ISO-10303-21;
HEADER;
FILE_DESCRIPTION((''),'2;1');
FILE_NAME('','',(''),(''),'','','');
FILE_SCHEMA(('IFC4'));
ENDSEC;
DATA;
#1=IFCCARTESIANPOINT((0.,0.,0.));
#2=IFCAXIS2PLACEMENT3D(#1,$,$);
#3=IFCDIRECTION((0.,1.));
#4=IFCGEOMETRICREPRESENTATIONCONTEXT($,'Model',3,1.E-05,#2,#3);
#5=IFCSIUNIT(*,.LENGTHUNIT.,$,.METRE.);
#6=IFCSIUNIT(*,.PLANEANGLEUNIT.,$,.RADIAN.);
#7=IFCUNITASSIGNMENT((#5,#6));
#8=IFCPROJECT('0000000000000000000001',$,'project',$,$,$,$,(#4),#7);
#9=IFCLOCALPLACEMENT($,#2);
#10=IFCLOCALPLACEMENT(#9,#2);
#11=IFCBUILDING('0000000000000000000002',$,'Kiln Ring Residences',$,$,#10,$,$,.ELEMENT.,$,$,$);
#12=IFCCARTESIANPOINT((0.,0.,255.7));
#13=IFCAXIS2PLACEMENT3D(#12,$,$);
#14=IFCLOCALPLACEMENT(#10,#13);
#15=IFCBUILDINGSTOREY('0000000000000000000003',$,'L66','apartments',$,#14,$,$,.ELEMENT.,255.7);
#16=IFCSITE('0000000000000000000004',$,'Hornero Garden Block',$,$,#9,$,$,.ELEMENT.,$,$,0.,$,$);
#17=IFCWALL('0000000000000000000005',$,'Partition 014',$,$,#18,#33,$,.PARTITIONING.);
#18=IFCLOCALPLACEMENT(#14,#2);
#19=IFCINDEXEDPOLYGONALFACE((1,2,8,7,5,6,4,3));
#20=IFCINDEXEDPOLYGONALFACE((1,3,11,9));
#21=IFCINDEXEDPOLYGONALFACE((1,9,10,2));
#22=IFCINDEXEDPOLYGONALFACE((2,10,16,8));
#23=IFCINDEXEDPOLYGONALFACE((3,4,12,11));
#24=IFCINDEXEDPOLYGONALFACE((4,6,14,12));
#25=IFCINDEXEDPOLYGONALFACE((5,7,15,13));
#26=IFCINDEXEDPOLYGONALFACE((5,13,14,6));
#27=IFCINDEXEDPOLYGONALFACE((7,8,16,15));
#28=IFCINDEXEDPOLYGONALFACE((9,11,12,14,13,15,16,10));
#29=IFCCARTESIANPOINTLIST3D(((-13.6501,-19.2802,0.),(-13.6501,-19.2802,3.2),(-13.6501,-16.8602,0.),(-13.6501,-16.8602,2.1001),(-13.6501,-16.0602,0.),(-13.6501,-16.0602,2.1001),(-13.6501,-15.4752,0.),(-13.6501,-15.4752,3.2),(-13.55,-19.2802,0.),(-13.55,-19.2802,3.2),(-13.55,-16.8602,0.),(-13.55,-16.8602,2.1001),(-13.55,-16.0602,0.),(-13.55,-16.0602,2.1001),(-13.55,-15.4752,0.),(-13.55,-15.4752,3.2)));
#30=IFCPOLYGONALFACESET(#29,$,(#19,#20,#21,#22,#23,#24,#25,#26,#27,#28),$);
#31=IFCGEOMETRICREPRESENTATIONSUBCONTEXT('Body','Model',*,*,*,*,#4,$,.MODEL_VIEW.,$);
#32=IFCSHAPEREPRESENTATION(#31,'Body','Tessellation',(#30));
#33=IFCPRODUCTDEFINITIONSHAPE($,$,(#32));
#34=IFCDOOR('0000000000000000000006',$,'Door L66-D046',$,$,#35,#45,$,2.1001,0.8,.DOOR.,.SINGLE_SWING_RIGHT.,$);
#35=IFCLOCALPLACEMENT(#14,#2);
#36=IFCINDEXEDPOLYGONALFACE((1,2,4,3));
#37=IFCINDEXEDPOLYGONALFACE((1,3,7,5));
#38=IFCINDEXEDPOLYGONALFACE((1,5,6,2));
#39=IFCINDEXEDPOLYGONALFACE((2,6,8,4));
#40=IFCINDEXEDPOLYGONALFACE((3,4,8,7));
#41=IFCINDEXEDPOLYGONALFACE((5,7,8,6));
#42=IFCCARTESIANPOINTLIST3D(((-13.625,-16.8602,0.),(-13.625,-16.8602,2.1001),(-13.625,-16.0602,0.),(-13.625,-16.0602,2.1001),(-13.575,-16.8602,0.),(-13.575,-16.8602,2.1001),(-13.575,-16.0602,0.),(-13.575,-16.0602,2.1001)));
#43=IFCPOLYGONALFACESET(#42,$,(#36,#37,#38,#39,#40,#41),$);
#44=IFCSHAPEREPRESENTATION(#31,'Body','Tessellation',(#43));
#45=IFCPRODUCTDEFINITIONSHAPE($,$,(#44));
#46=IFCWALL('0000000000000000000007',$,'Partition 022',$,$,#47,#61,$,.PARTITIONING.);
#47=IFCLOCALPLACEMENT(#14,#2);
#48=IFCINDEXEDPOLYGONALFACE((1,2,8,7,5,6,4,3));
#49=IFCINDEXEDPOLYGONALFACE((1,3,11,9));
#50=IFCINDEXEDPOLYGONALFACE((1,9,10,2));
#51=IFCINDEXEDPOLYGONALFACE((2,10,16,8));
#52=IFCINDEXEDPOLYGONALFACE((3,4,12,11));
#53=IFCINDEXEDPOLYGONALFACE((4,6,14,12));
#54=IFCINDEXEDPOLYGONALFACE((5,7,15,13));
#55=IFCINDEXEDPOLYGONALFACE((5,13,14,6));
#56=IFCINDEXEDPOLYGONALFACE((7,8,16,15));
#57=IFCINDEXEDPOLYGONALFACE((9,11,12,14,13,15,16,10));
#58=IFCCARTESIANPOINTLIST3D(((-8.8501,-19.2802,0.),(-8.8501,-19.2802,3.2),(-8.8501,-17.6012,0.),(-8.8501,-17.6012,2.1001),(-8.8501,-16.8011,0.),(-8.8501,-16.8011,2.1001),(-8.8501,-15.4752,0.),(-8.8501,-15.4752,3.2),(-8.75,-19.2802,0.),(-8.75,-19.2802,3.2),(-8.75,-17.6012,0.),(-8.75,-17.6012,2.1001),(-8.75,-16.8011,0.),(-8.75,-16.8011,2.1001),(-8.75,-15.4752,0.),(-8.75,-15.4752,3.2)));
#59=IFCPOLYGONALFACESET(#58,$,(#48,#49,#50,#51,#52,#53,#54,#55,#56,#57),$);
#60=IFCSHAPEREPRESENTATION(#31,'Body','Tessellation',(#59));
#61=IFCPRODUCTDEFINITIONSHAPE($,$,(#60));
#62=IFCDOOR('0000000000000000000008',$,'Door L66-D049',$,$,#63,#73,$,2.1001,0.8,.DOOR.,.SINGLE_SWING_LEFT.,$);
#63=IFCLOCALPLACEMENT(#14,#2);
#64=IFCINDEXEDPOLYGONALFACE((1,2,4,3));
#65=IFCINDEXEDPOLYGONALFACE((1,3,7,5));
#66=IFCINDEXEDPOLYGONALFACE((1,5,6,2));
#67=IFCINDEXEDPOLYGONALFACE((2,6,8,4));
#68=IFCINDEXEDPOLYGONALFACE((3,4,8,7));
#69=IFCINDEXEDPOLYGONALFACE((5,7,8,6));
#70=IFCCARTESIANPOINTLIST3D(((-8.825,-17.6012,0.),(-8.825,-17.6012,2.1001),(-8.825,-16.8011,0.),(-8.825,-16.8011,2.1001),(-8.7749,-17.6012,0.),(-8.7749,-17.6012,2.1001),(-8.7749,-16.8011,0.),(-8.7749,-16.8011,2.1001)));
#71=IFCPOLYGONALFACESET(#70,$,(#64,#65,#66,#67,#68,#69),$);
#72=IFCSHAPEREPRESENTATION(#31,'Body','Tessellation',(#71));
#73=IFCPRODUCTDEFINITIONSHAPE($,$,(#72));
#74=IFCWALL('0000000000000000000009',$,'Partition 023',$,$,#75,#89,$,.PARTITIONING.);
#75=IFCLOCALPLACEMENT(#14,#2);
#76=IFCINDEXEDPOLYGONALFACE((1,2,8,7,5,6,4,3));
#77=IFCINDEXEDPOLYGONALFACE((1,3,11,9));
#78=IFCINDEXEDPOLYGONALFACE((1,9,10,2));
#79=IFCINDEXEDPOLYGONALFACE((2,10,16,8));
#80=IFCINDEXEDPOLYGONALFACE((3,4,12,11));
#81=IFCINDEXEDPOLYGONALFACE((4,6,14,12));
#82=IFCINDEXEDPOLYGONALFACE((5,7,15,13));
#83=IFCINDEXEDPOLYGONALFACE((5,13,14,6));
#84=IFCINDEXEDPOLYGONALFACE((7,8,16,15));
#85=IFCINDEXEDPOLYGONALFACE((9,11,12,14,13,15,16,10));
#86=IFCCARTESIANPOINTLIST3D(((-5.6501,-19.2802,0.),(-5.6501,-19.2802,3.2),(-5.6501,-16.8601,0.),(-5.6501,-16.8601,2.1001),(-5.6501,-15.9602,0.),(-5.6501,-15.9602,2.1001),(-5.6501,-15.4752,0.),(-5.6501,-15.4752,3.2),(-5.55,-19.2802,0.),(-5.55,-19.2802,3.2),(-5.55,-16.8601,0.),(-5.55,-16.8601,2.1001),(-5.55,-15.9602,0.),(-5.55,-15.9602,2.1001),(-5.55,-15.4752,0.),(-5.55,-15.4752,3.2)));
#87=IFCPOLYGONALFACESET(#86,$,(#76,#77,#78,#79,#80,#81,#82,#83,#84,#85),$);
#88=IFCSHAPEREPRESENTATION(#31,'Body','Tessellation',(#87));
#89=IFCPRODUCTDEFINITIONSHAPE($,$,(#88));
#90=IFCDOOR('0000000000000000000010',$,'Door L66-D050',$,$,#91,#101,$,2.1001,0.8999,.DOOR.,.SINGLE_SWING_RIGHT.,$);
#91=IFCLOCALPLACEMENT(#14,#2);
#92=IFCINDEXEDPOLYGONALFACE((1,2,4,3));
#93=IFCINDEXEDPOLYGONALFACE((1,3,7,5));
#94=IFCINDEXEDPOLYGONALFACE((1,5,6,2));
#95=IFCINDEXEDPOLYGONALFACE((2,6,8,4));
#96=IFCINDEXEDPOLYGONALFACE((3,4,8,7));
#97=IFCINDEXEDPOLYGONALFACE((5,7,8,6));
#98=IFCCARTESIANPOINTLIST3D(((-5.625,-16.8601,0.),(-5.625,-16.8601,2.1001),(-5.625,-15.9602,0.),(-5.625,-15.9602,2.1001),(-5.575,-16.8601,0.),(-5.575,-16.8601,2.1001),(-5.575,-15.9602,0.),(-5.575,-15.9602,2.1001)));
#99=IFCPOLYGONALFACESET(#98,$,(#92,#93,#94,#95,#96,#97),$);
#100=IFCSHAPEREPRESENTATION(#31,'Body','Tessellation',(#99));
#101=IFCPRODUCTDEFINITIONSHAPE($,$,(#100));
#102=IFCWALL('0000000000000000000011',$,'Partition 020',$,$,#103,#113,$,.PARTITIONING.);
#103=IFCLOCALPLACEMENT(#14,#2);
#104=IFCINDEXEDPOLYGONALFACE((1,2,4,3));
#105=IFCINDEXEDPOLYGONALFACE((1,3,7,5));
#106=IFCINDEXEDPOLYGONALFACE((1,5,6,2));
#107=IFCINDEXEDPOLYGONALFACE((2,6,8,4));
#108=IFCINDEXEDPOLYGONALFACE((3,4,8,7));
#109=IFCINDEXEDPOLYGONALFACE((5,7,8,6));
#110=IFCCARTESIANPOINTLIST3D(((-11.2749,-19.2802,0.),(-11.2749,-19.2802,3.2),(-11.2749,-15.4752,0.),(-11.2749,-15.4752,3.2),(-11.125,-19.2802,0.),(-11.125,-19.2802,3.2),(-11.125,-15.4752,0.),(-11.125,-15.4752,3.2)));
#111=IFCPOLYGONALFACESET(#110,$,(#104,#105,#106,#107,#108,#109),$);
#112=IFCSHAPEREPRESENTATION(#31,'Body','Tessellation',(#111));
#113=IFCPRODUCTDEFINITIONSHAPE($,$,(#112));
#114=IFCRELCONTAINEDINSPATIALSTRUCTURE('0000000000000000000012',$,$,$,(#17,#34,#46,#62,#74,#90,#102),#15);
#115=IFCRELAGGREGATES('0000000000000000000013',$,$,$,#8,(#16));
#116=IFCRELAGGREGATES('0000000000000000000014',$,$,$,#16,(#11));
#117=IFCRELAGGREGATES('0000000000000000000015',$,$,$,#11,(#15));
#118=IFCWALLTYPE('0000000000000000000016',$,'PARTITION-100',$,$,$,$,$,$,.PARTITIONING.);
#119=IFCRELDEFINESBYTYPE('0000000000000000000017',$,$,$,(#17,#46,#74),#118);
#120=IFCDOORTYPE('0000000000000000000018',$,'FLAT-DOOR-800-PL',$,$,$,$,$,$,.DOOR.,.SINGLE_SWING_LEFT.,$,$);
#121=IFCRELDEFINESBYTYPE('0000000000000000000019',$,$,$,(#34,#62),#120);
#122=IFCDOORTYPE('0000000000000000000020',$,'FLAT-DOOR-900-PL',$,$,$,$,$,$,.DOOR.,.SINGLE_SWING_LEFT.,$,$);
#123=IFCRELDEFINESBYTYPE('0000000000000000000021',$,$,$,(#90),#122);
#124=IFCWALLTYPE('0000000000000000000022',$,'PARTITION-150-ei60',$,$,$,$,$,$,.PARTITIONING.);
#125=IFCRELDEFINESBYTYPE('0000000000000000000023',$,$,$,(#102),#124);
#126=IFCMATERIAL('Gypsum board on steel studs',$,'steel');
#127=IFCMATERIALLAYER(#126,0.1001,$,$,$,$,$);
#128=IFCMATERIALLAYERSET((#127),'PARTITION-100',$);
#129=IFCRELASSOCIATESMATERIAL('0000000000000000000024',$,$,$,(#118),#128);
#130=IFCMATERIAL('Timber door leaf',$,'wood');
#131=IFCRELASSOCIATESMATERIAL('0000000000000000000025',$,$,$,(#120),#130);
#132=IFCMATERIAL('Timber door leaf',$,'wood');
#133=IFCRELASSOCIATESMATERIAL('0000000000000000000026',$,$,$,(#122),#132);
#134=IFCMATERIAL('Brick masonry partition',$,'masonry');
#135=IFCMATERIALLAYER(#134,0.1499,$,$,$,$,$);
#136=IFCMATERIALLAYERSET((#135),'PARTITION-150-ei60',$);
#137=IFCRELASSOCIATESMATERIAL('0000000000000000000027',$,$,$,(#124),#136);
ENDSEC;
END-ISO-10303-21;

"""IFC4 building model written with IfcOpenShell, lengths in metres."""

from ifc_helpers import new_model, si_unit, direction, frame, frame_2d, origin, place, context, subcontext, project, spatial, rectangle, extrude, material, layer, layer_set, type_object, element, fill, save


model = new_model("IFC4")

# Units and contexts
model_context = context("Model", 3, precision=1e-05, world=origin(), true_north=direction((0.0, 1.0)))
body_context = subcontext(model_context, "Body", "Model", "MODEL_VIEW")
ifc_project = project(units=[si_unit("LENGTHUNIT", "METRE"), si_unit("PLANEANGLEUNIT", "RADIAN")], contexts=[model_context])

# Site, building, storey
site_placement = place(None, origin())
site = spatial("IfcSite", under=ifc_project, at=site_placement, Name="Hornero Garden Block", CompositionType="ELEMENT", RefElevation=0.0)
building_placement = place(site_placement, origin())
building = spatial("IfcBuilding", under=site, at=building_placement, Name="Kiln Ring Residences", CompositionType="ELEMENT")
storey_placement = place(building_placement, frame((0.0, 0.0, 255.7)))
storey = spatial("IfcBuildingStorey", under=building, at=storey_placement, Name="L66", Description="apartments", CompositionType="ELEMENT", Elevation=255.7)

# Walls, openings, doors
ifc_material_1 = material(Name="Gypsum board on steel studs", Category="steel")
ifc_layer_1 = layer(ifc_material_1, 0.1001)
ifc_layer_set_1 = layer_set([ifc_layer_1], Name="PARTITION-100")
wall_type_1 = type_object("IfcWallType", Name="PARTITION-100", PredefinedType="PARTITIONING", material=ifc_layer_set_1)
wall_1_placement = place(storey_placement, frame((-13.6001, -19.28, 0.0), z_axis=(0.0, 0.0, 1.0), x_axis=(0.0, 1.0, 0.0)))
wall_1 = element("IfcWall", 1, at=wall_1_placement, inside=storey, type_object=wall_type_1, Name="Partition 014", PredefinedType="PARTITIONING", context=body_context, shape_type="SweptSolid", body=[
    extrude(rectangle(XDim=3.8049, YDim=0.1001, at=frame_2d((1.9023, 0.0))), origin(), (0.0, 0.0, 1.0), 3.2),
])
opening_1_placement = place(wall_1_placement, frame((2.4199, 0.0, 0.0)))
opening_1 = element("IfcOpeningElement", 2, at=opening_1_placement, cuts=wall_1, PredefinedType="OPENING", context=body_context, shape_type="SweptSolid", body=[
    extrude(rectangle(XDim=0.8, YDim=2.1001, at=frame_2d((0.3999, 1.05))), frame((0.0, 0.0601, 0.0), z_axis=(0.0, -1.0, 0.0), x_axis=(1.0, 0.0, 0.0)), (0.0, 0.0, 1.0), 0.1201),
])
ifc_material_2 = material(Name="Timber door leaf", Category="wood")
door_type_1 = type_object("IfcDoorType", Name="FLAT-DOOR-800-PL", OperationType="SINGLE_SWING_LEFT", PredefinedType="DOOR", material=ifc_material_2)
door_1_placement = place(opening_1_placement, origin())
door_1 = element("IfcDoor", 3, at=door_1_placement, inside=storey, type_object=door_type_1, Name="Door L66-D046", OperationType="SINGLE_SWING_RIGHT", OverallHeight=2.1001, OverallWidth=0.8, PredefinedType="DOOR", context=body_context, shape_type="SweptSolid", body=[
    extrude(rectangle(XDim=0.8, YDim=2.1001, at=frame_2d((0.3999, 1.05))), frame((0.0, 0.0249, 0.0), z_axis=(0.0, -1.0, 0.0), x_axis=(1.0, 0.0, 0.0)), (0.0, 0.0, 1.0), 0.05),
])
fill(opening_1, door_1)
wall_2_placement = place(storey_placement, frame((-8.8, -19.28, 0.0), z_axis=(0.0, 0.0, 1.0), x_axis=(0.0, 1.0, 0.0)))
wall_2 = element("IfcWall", 4, at=wall_2_placement, inside=storey, type_object=wall_type_1, Name="Partition 022", PredefinedType="PARTITIONING", context=body_context, shape_type="SweptSolid", body=[
    extrude(rectangle(XDim=3.8049, YDim=0.1001, at=frame_2d((1.9023, 0.0))), origin(), (0.0, 0.0, 1.0), 3.2),
])
opening_2_placement = place(wall_2_placement, frame((1.679, 0.0, 0.0)))
opening_2 = element("IfcOpeningElement", 5, at=opening_2_placement, cuts=wall_2, PredefinedType="OPENING", context=body_context, shape_type="SweptSolid", body=[
    extrude(rectangle(XDim=0.8, YDim=2.1001, at=frame_2d((0.3999, 1.05))), frame((0.0, 0.0601, 0.0), z_axis=(0.0, -1.0, 0.0), x_axis=(1.0, 0.0, 0.0)), (0.0, 0.0, 1.0), 0.1201),
])
door_2_placement = place(opening_2_placement, origin())
door_2 = element("IfcDoor", 6, at=door_2_placement, inside=storey, type_object=door_type_1, Name="Door L66-D049", OperationType="SINGLE_SWING_LEFT", OverallHeight=2.1001, OverallWidth=0.8, PredefinedType="DOOR", context=body_context, shape_type="SweptSolid", body=[
    extrude(rectangle(XDim=0.8, YDim=2.1001, at=frame_2d((0.3999, 1.05))), frame((0.0, 0.0249, 0.0), z_axis=(0.0, -1.0, 0.0), x_axis=(1.0, 0.0, 0.0)), (0.0, 0.0, 1.0), 0.05),
])
fill(opening_2, door_2)
wall_3_placement = place(storey_placement, frame((-5.6001, -19.28, 0.0), z_axis=(0.0, 0.0, 1.0), x_axis=(0.0, 1.0, 0.0)))
wall_3 = element("IfcWall", 7, at=wall_3_placement, inside=storey, type_object=wall_type_1, Name="Partition 023", PredefinedType="PARTITIONING", context=body_context, shape_type="SweptSolid", body=[
    extrude(rectangle(XDim=3.8049, YDim=0.1001, at=frame_2d((1.9023, 0.0))), origin(), (0.0, 0.0, 1.0), 3.2),
])
opening_3_placement = place(wall_3_placement, frame((2.4199, 0.0, 0.0)))
opening_3 = element("IfcOpeningElement", 8, at=opening_3_placement, cuts=wall_3, PredefinedType="OPENING", context=body_context, shape_type="SweptSolid", body=[
    extrude(rectangle(XDim=0.8999, YDim=2.1001, at=frame_2d((0.45, 1.05))), frame((0.0, 0.0601, 0.0), z_axis=(0.0, -1.0, 0.0), x_axis=(1.0, 0.0, 0.0)), (0.0, 0.0, 1.0), 0.1201),
])
ifc_material_3 = material(Name="Timber door leaf", Category="wood")
door_type_2 = type_object("IfcDoorType", Name="FLAT-DOOR-900-PL", OperationType="SINGLE_SWING_LEFT", PredefinedType="DOOR", material=ifc_material_3)
door_3_placement = place(opening_3_placement, origin())
door_3 = element("IfcDoor", 9, at=door_3_placement, inside=storey, type_object=door_type_2, Name="Door L66-D050", OperationType="SINGLE_SWING_RIGHT", OverallHeight=2.1001, OverallWidth=0.8999, PredefinedType="DOOR", context=body_context, shape_type="SweptSolid", body=[
    extrude(rectangle(XDim=0.8999, YDim=2.1001, at=frame_2d((0.45, 1.05))), frame((0.0, 0.0249, 0.0), z_axis=(0.0, -1.0, 0.0), x_axis=(1.0, 0.0, 0.0)), (0.0, 0.0, 1.0), 0.05),
])
fill(opening_3, door_3)

# Wall
ifc_material_4 = material(Name="Brick masonry partition", Category="masonry")
ifc_layer_2 = layer(ifc_material_4, 0.1499)
ifc_layer_set_2 = layer_set([ifc_layer_2], Name="PARTITION-150-ei60")
wall_type_2 = type_object("IfcWallType", Name="PARTITION-150-ei60", PredefinedType="PARTITIONING", material=ifc_layer_set_2)
wall_4_placement = place(storey_placement, frame((-11.2, -19.28, 0.0), z_axis=(0.0, 0.0, 1.0), x_axis=(0.0, 1.0, 0.0)))
element("IfcWall", 10, at=wall_4_placement, inside=storey, type_object=wall_type_2, Name="Partition 020", PredefinedType="PARTITIONING", context=body_context, shape_type="SweptSolid", body=[
    extrude(rectangle(XDim=3.8049, YDim=0.1499, at=frame_2d((1.9023, 0.0))), origin(), (0.0, 0.0, 1.0), 3.2),
])

save(model, "model.ifc")
